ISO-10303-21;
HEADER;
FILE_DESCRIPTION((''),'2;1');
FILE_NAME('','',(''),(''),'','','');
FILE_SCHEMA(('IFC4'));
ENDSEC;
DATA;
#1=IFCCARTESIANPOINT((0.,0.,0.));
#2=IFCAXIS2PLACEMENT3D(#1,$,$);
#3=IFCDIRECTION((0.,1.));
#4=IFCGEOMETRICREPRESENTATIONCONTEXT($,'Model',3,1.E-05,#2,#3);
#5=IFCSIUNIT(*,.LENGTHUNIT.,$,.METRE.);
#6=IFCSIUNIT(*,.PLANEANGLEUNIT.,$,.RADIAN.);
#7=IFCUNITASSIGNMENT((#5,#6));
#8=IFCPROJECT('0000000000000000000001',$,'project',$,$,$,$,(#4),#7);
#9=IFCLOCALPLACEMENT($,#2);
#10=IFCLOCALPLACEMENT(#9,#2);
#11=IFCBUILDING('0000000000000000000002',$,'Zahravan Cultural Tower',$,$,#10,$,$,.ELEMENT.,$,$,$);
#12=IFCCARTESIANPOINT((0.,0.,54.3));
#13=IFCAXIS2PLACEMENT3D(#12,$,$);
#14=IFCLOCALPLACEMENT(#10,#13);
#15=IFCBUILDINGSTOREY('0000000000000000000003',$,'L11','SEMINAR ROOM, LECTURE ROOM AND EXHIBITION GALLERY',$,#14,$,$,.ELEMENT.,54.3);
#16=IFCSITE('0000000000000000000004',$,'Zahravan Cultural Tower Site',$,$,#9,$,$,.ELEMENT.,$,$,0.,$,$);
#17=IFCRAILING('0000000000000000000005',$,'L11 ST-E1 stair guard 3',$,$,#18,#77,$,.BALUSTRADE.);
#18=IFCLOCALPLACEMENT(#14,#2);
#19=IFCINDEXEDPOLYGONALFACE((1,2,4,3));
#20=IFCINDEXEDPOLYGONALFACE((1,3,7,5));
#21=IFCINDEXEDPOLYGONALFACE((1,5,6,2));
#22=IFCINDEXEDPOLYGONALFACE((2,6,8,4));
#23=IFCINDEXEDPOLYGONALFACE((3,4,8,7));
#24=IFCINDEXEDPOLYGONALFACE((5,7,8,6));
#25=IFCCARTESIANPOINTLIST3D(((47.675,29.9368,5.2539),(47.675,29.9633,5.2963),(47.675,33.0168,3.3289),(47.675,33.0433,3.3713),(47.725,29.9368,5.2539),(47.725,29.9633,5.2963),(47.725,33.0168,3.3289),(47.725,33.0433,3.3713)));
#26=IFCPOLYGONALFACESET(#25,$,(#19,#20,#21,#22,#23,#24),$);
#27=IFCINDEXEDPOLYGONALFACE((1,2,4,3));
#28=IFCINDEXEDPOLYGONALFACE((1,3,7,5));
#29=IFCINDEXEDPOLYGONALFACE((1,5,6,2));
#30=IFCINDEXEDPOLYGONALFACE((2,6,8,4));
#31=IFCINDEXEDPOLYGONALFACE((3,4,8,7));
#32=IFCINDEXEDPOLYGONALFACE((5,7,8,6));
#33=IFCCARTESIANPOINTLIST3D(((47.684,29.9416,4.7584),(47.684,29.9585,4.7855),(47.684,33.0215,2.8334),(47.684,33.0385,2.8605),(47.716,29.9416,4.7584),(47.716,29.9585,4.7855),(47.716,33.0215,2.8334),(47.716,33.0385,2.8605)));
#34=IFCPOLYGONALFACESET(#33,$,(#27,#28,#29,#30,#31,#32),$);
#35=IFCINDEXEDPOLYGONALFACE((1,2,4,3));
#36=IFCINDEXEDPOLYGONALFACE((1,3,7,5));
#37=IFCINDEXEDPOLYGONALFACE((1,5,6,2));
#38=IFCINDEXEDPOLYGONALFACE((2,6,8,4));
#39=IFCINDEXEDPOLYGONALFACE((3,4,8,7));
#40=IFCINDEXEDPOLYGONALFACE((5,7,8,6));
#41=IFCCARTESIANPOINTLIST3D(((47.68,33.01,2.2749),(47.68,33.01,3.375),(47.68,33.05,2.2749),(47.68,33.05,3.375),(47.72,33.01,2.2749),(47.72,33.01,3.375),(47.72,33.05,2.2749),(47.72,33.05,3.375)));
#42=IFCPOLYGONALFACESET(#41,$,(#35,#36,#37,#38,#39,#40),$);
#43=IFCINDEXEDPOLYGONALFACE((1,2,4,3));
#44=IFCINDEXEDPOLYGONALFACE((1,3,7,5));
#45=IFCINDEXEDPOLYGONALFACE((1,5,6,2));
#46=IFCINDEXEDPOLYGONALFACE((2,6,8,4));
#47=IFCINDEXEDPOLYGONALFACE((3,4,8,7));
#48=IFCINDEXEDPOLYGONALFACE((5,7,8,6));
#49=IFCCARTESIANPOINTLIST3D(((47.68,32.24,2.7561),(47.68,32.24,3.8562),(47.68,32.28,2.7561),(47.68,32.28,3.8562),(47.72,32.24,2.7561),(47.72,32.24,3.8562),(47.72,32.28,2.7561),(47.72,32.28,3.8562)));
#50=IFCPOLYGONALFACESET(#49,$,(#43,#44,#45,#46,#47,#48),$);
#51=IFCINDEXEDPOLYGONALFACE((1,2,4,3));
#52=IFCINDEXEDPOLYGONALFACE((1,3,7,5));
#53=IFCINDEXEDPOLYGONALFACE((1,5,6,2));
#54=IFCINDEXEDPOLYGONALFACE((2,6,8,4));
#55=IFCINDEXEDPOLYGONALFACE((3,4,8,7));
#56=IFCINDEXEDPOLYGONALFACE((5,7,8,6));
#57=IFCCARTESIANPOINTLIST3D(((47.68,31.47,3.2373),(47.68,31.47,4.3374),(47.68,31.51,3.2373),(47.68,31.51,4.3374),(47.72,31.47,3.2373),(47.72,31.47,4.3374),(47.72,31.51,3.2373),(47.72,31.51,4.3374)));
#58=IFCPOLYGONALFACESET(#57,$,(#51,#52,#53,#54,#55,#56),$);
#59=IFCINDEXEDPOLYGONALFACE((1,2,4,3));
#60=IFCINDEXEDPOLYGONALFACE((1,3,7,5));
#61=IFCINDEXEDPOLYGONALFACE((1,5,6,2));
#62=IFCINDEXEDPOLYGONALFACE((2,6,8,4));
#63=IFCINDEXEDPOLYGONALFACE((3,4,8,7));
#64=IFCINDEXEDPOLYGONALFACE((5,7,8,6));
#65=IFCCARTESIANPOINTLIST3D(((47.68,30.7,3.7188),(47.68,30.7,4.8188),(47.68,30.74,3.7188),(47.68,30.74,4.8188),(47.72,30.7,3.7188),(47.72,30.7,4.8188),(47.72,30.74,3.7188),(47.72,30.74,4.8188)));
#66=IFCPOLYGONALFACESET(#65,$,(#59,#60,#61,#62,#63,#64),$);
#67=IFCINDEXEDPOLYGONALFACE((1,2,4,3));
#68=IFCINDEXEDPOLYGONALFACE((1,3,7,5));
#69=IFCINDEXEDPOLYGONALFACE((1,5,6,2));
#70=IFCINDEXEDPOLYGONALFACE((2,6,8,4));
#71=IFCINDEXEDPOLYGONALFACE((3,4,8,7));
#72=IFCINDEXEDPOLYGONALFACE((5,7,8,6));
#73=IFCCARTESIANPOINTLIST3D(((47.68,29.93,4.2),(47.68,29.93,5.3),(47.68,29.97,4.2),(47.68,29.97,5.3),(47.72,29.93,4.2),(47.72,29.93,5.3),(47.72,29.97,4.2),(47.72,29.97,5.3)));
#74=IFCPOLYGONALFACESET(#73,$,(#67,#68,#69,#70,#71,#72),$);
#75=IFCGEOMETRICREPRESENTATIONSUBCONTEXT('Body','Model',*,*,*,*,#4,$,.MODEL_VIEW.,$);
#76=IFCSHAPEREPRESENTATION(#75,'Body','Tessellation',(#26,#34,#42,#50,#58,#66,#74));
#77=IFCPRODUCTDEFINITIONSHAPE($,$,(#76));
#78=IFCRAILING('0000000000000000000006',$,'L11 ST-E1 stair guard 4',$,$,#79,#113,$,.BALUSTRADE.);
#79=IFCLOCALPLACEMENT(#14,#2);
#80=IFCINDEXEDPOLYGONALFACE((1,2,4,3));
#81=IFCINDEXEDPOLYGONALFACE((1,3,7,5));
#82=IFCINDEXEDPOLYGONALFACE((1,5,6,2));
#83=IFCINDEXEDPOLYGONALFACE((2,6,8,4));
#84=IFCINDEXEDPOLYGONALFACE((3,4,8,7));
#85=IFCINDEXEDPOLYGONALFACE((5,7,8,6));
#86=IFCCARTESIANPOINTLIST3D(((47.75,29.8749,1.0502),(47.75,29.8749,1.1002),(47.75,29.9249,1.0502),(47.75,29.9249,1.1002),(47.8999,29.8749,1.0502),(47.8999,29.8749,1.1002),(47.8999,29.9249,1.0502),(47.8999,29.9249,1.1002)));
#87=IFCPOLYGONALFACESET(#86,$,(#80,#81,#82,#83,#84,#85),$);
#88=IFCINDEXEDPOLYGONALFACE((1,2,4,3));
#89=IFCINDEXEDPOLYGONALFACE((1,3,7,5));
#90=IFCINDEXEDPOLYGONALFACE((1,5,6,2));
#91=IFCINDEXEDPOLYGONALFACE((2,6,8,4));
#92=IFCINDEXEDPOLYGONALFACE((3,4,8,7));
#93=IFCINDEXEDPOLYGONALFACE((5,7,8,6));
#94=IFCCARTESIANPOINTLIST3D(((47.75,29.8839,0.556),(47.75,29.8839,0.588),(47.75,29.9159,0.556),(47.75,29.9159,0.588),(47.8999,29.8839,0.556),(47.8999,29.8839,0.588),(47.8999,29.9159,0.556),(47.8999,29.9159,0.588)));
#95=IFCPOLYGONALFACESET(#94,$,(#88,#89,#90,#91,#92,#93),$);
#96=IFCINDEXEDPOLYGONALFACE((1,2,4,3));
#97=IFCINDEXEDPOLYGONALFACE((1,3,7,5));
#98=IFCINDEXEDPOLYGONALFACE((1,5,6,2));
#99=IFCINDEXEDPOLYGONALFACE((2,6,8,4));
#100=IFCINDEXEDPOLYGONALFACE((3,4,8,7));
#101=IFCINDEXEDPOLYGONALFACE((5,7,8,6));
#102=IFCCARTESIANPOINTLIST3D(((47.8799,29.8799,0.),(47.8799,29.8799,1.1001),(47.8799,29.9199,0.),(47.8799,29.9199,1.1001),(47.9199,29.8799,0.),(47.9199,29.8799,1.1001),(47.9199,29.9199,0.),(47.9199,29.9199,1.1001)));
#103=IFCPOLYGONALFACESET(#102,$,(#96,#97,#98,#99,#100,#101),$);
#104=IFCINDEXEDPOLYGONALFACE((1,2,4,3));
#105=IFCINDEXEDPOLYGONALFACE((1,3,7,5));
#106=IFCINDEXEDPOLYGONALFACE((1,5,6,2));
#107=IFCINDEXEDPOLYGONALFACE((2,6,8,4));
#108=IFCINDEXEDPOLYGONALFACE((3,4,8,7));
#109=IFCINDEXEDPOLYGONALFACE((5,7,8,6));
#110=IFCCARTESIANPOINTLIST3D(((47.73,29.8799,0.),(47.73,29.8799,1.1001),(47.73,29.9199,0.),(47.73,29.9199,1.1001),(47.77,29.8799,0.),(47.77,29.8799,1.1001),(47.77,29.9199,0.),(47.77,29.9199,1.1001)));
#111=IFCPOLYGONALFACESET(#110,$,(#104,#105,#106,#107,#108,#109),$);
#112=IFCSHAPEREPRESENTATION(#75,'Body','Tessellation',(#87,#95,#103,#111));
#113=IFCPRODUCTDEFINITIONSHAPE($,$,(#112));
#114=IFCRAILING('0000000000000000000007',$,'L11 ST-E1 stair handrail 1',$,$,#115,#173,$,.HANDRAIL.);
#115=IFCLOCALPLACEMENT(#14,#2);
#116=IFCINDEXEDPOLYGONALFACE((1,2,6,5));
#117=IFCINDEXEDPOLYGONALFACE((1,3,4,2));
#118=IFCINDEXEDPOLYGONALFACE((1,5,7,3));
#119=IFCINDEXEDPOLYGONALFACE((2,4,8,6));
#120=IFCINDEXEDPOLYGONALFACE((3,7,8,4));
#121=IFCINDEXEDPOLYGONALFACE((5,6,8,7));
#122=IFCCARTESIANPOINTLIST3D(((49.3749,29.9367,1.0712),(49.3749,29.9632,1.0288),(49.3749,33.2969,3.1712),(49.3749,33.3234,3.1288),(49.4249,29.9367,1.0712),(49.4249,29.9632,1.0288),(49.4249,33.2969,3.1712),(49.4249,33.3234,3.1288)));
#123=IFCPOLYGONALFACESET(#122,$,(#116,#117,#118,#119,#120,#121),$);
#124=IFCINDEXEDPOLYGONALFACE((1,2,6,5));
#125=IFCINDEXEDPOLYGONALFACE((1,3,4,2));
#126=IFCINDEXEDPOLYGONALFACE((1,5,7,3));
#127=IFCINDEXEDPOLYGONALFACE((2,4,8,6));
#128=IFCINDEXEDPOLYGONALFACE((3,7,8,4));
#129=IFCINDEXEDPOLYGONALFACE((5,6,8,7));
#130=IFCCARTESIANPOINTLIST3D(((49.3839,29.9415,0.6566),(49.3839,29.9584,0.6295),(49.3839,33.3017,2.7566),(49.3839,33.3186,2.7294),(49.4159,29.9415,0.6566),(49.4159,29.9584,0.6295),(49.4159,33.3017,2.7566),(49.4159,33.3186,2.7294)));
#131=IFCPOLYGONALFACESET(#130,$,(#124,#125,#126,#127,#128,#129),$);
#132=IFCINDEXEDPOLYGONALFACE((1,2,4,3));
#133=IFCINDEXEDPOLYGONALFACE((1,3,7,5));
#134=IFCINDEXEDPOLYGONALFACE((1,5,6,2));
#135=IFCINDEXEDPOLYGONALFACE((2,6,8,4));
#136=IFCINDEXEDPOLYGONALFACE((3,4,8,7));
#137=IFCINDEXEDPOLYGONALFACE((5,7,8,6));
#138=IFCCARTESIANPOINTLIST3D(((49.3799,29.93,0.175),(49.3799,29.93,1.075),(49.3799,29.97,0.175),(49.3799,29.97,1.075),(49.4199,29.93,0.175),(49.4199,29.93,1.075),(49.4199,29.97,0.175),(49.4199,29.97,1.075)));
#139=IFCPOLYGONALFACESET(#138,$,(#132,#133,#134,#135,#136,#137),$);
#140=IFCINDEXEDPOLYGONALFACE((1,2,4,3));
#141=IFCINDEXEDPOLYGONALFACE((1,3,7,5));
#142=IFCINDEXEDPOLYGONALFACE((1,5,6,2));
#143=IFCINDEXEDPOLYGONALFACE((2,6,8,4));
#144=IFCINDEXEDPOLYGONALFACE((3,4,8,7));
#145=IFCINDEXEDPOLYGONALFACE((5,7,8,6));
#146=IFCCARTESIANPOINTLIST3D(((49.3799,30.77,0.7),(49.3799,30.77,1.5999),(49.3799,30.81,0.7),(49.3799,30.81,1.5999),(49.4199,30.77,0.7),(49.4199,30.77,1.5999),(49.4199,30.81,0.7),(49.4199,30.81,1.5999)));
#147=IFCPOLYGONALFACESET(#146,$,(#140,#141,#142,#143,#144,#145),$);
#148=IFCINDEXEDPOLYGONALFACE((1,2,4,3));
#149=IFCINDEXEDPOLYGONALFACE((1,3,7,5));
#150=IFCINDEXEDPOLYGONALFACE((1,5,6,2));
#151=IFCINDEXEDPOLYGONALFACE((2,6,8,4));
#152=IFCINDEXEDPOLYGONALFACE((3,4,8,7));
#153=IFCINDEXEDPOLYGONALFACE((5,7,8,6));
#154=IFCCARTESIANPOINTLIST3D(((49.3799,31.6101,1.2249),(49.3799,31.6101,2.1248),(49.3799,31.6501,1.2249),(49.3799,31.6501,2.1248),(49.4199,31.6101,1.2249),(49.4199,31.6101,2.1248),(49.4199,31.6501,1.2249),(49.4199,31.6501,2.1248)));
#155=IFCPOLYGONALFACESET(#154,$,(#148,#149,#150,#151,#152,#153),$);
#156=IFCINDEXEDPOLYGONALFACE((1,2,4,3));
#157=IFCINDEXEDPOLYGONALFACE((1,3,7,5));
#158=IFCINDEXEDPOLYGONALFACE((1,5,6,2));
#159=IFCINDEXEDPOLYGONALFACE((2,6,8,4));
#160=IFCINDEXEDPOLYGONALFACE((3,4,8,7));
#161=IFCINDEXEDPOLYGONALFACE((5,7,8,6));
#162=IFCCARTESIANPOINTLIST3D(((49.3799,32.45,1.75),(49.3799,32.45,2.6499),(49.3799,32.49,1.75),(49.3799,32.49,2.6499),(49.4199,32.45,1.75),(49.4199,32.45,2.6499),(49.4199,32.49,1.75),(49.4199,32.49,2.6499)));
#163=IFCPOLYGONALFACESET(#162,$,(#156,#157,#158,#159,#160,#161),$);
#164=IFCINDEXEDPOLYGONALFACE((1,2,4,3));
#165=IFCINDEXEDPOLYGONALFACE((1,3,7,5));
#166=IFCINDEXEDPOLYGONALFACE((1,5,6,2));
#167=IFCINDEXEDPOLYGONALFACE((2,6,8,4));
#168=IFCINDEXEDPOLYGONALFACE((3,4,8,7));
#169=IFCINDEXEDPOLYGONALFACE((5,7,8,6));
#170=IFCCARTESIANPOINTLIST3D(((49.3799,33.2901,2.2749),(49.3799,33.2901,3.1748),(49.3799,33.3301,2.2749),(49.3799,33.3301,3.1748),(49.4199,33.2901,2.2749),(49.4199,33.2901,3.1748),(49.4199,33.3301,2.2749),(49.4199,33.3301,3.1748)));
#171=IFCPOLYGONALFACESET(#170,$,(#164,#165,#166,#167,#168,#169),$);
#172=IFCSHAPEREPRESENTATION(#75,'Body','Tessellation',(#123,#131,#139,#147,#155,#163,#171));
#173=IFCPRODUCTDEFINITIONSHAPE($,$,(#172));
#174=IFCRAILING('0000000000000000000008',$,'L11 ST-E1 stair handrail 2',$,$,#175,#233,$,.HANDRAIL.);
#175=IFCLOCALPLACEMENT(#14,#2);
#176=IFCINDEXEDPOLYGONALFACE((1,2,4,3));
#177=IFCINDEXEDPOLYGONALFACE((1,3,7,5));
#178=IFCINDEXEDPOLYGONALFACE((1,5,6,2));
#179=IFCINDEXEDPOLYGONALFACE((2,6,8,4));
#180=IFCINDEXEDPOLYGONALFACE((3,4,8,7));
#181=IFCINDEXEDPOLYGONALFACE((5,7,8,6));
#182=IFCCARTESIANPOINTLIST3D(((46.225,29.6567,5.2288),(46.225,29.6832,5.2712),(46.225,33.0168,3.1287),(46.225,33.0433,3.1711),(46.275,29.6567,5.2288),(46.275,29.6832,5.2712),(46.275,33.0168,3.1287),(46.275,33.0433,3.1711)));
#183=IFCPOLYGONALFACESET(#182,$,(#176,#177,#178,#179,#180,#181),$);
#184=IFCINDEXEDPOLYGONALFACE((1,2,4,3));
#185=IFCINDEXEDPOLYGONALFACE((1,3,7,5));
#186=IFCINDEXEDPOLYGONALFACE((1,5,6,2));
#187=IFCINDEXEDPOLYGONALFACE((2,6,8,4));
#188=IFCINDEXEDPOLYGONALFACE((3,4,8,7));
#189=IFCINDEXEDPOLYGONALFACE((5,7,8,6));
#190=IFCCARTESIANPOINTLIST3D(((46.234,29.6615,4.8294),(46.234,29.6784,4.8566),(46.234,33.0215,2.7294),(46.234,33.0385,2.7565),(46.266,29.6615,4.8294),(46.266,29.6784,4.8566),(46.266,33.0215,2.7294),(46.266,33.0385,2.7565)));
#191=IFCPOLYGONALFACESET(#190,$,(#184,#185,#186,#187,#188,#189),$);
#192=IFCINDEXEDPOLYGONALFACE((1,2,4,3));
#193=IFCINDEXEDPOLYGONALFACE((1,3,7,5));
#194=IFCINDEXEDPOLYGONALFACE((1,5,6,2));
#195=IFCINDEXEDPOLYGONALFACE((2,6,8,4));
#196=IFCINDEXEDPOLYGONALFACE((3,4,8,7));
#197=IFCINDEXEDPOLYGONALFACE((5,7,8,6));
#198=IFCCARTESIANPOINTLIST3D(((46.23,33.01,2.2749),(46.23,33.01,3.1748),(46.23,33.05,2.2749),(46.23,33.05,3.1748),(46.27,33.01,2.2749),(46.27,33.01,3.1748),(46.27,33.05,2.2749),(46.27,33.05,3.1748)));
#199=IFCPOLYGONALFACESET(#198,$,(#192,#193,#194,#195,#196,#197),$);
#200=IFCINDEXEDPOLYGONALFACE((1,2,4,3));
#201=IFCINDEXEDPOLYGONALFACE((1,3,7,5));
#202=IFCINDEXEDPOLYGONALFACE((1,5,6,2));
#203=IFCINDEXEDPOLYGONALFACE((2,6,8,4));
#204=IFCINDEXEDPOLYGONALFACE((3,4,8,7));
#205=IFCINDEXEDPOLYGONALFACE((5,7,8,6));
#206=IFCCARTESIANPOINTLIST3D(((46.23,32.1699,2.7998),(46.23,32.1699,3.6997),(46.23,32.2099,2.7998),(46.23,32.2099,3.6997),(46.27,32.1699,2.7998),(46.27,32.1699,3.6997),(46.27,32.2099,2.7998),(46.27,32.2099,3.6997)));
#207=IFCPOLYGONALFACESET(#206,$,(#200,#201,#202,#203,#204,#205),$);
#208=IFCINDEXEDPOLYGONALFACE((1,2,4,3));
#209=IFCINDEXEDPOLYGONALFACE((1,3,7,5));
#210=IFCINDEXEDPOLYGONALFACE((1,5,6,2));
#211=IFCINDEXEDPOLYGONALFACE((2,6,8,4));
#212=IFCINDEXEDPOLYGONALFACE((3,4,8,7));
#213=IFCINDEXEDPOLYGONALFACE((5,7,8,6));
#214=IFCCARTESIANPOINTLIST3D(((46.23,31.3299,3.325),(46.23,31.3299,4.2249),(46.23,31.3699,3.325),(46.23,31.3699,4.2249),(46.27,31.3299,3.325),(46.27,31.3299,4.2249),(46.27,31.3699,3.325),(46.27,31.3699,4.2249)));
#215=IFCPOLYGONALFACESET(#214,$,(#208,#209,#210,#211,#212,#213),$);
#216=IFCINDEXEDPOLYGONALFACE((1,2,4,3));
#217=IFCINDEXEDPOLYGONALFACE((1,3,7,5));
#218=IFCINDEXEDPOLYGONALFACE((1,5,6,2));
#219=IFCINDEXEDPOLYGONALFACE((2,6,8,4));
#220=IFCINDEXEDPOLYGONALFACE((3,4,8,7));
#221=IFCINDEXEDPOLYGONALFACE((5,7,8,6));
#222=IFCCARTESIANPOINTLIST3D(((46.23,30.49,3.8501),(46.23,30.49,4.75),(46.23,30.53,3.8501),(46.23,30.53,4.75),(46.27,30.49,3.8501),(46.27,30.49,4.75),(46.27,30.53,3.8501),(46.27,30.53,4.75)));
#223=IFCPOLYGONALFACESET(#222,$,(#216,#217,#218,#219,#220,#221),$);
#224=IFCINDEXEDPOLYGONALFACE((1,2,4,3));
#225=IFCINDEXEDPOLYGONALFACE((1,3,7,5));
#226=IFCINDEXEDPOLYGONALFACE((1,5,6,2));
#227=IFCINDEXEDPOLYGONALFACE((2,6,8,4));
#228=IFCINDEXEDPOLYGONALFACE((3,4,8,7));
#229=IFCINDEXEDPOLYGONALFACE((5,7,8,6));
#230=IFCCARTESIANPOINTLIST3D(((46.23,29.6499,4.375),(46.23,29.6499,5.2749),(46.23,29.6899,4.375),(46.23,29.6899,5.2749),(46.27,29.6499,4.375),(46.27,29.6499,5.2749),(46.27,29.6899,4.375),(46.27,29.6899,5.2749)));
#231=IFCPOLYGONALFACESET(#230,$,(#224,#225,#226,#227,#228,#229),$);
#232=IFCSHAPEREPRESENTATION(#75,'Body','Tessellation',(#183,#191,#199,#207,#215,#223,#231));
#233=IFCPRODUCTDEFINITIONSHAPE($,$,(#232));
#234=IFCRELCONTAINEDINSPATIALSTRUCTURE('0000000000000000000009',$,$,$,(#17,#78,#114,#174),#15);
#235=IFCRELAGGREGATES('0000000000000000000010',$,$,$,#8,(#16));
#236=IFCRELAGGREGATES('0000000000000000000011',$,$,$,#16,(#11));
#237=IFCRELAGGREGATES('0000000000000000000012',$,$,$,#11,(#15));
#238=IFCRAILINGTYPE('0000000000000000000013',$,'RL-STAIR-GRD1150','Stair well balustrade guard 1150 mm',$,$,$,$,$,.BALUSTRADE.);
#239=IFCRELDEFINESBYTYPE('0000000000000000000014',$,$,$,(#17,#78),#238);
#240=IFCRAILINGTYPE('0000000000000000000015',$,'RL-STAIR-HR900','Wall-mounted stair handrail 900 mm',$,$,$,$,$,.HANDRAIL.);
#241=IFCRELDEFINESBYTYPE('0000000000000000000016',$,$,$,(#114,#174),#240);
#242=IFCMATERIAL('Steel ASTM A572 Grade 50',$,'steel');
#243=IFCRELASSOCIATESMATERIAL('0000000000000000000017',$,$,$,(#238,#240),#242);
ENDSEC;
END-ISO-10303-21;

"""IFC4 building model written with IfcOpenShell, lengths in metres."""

from ifc_helpers import new_model, si_unit, direction, frame, origin, origin_2d, place, context, subcontext, project, spatial, rectangle, extrude, material, type_object, element, save


model = new_model("IFC4")

# Units and contexts
model_context = context("Model", 3, precision=1e-05, world=origin(), true_north=direction((0.0, 1.0)))
body_context = subcontext(model_context, "Body", "Model", "MODEL_VIEW")
ifc_project = project(units=[si_unit("LENGTHUNIT", "METRE"), si_unit("PLANEANGLEUNIT", "RADIAN")], contexts=[model_context])

# Site, building, storey
site_placement = place(None, origin())
site = spatial("IfcSite", under=ifc_project, at=site_placement, Name="Zahravan Cultural Tower Site", CompositionType="ELEMENT", RefElevation=0.0)
building_placement = place(site_placement, origin())
building = spatial("IfcBuilding", under=site, at=building_placement, Name="Zahravan Cultural Tower", CompositionType="ELEMENT")
storey_placement = place(building_placement, frame((0.0, 0.0, 54.3)))
storey = spatial("IfcBuildingStorey", under=building, at=storey_placement, Name="L11", Description="SEMINAR ROOM, LECTURE ROOM AND EXHIBITION GALLERY", CompositionType="ELEMENT", Elevation=54.3)

# Shared definitions
ifc_material_1 = material(Name="Steel ASTM A572 Grade 50", Category="steel")

# Railings
railing_type_1 = type_object("IfcRailingType", Name="RL-STAIR-GRD1150", Description="Stair well balustrade guard 1150 mm", PredefinedType="BALUSTRADE", material=ifc_material_1)
railing_1_placement = place(storey_placement, frame((47.7, 33.03, 2.2749)))
element("IfcRailing", 1, at=railing_1_placement, inside=storey, type_object=railing_type_1, Name="L11 ST-E1 stair guard 3", PredefinedType="BALUSTRADE", context=body_context, shape_type="SweptSolid", body=[
    extrude(rectangle(XDim=0.05, YDim=0.05, at=origin_2d()), frame((0.0, 0.0, 1.0752), z_axis=(0.0, -0.847998, 0.529999), x_axis=(1.0, 0.0, 0.0)), (0.0, 0.0, 1.0), 3.6321),
    extrude(rectangle(XDim=0.032, YDim=0.032, at=origin_2d()), frame((0.0, 0.0, 0.572), z_axis=(0.0, -0.847998, 0.529999), x_axis=(1.0, 0.0, 0.0)), (0.0, 0.0, 1.0), 3.6321),
    extrude(rectangle(XDim=0.04, YDim=0.04, at=origin_2d()), origin(), (0.0, 0.0, 1.0), 1.1001),
    extrude(rectangle(XDim=0.04, YDim=0.04, at=origin_2d()), frame((0.0, -0.77, 0.4812)), (0.0, 0.0, 1.0), 1.1001),
    extrude(rectangle(XDim=0.04, YDim=0.04, at=origin_2d()), frame((0.0, -1.54, 0.9624)), (0.0, 0.0, 1.0), 1.1001),
    extrude(rectangle(XDim=0.04, YDim=0.04, at=origin_2d()), frame((0.0, -2.3101, 1.4438)), (0.0, 0.0, 1.0), 1.1001),
    extrude(rectangle(XDim=0.04, YDim=0.04, at=origin_2d()), frame((0.0, -3.0801, 1.925)), (0.0, 0.0, 1.0), 1.1001),
])
railing_2_placement = place(storey_placement, frame((47.8999, 29.8999, 0.0)))
element("IfcRailing", 2, at=railing_2_placement, inside=storey, type_object=railing_type_1, Name="L11 ST-E1 stair guard 4", PredefinedType="BALUSTRADE", context=body_context, shape_type="SweptSolid", body=[
    extrude(rectangle(XDim=0.05, YDim=0.05, at=origin_2d()), frame((0.0, 0.0, 1.0752), z_axis=(-1.0, 0.0, 0.0), x_axis=(0.0, -1.0, 0.0)), (0.0, 0.0, 1.0), 0.1499),
    extrude(rectangle(XDim=0.032, YDim=0.032, at=origin_2d()), frame((0.0, 0.0, 0.572), z_axis=(-1.0, 0.0, 0.0), x_axis=(0.0, -1.0, 0.0)), (0.0, 0.0, 1.0), 0.1499),
    extrude(rectangle(XDim=0.04, YDim=0.04, at=origin_2d()), origin(), (0.0, 0.0, 1.0), 1.1001),
    extrude(rectangle(XDim=0.04, YDim=0.04, at=origin_2d()), frame((-0.1499, 0.0, 0.0)), (0.0, 0.0, 1.0), 1.1001),
])
railing_type_2 = type_object("IfcRailingType", Name="RL-STAIR-HR900", Description="Wall-mounted stair handrail 900 mm", PredefinedType="HANDRAIL", material=ifc_material_1)
railing_3_placement = place(storey_placement, frame((49.3999, 29.95, 0.175)))
element("IfcRailing", 3, at=railing_3_placement, inside=storey, type_object=railing_type_2, Name="L11 ST-E1 stair handrail 1", PredefinedType="HANDRAIL", context=body_context, shape_type="SweptSolid", body=[
    extrude(rectangle(XDim=0.05, YDim=0.05, at=origin_2d()), frame((0.0, 0.0, 0.875), z_axis=(0.0, 0.848023, 0.52996), x_axis=(-1.0, 0.0, 0.0)), (0.0, 0.0, 1.0), 3.9624),
    extrude(rectangle(XDim=0.032, YDim=0.032, at=origin_2d()), frame((0.0, 0.0, 0.468), z_axis=(0.0, 0.848023, 0.52996), x_axis=(-1.0, 0.0, 0.0)), (0.0, 0.0, 1.0), 3.9624),
    extrude(rectangle(XDim=0.04, YDim=0.04, at=origin_2d()), origin(), (0.0, 0.0, 1.0), 0.8999),
    extrude(rectangle(XDim=0.04, YDim=0.04, at=origin_2d()), frame((0.0, 0.8401, 0.5249)), (0.0, 0.0, 1.0), 0.8999),
    extrude(rectangle(XDim=0.04, YDim=0.04, at=origin_2d()), frame((0.0, 1.6802, 1.0498)), (0.0, 0.0, 1.0), 0.8999),
    extrude(rectangle(XDim=0.04, YDim=0.04, at=origin_2d()), frame((0.0, 2.52, 1.575)), (0.0, 0.0, 1.0), 0.8999),
    extrude(rectangle(XDim=0.04, YDim=0.04, at=origin_2d()), frame((0.0, 3.3601, 2.0999)), (0.0, 0.0, 1.0), 0.8999),
])
railing_4_placement = place(storey_placement, frame((46.25, 33.03, 2.2749)))
element("IfcRailing", 4, at=railing_4_placement, inside=storey, type_object=railing_type_2, Name="L11 ST-E1 stair handrail 2", PredefinedType="HANDRAIL", context=body_context, shape_type="SweptSolid", body=[
    extrude(rectangle(XDim=0.05, YDim=0.05, at=origin_2d()), frame((0.0, 0.0, 0.875), z_axis=(0.0, -0.847995, 0.530004), x_axis=(1.0, 0.0, 0.0)), (0.0, 0.0, 1.0), 3.9624),
    extrude(rectangle(XDim=0.032, YDim=0.032, at=origin_2d()), frame((0.0, 0.0, 0.468), z_axis=(0.0, -0.847995, 0.530004), x_axis=(1.0, 0.0, 0.0)), (0.0, 0.0, 1.0), 3.9624),
    extrude(rectangle(XDim=0.04, YDim=0.04, at=origin_2d()), origin(), (0.0, 0.0, 1.0), 0.8999),
    extrude(rectangle(XDim=0.04, YDim=0.04, at=origin_2d()), frame((0.0, -0.8401, 0.5249)), (0.0, 0.0, 1.0), 0.8999),
    extrude(rectangle(XDim=0.04, YDim=0.04, at=origin_2d()), frame((0.0, -1.6802, 1.05)), (0.0, 0.0, 1.0), 0.8999),
    extrude(rectangle(XDim=0.04, YDim=0.04, at=origin_2d()), frame((0.0, -2.52, 1.5752)), (0.0, 0.0, 1.0), 0.8999),
    extrude(rectangle(XDim=0.04, YDim=0.04, at=origin_2d()), frame((0.0, -3.3601, 2.1001)), (0.0, 0.0, 1.0), 0.8999),
])

save(model, "model.ifc")
